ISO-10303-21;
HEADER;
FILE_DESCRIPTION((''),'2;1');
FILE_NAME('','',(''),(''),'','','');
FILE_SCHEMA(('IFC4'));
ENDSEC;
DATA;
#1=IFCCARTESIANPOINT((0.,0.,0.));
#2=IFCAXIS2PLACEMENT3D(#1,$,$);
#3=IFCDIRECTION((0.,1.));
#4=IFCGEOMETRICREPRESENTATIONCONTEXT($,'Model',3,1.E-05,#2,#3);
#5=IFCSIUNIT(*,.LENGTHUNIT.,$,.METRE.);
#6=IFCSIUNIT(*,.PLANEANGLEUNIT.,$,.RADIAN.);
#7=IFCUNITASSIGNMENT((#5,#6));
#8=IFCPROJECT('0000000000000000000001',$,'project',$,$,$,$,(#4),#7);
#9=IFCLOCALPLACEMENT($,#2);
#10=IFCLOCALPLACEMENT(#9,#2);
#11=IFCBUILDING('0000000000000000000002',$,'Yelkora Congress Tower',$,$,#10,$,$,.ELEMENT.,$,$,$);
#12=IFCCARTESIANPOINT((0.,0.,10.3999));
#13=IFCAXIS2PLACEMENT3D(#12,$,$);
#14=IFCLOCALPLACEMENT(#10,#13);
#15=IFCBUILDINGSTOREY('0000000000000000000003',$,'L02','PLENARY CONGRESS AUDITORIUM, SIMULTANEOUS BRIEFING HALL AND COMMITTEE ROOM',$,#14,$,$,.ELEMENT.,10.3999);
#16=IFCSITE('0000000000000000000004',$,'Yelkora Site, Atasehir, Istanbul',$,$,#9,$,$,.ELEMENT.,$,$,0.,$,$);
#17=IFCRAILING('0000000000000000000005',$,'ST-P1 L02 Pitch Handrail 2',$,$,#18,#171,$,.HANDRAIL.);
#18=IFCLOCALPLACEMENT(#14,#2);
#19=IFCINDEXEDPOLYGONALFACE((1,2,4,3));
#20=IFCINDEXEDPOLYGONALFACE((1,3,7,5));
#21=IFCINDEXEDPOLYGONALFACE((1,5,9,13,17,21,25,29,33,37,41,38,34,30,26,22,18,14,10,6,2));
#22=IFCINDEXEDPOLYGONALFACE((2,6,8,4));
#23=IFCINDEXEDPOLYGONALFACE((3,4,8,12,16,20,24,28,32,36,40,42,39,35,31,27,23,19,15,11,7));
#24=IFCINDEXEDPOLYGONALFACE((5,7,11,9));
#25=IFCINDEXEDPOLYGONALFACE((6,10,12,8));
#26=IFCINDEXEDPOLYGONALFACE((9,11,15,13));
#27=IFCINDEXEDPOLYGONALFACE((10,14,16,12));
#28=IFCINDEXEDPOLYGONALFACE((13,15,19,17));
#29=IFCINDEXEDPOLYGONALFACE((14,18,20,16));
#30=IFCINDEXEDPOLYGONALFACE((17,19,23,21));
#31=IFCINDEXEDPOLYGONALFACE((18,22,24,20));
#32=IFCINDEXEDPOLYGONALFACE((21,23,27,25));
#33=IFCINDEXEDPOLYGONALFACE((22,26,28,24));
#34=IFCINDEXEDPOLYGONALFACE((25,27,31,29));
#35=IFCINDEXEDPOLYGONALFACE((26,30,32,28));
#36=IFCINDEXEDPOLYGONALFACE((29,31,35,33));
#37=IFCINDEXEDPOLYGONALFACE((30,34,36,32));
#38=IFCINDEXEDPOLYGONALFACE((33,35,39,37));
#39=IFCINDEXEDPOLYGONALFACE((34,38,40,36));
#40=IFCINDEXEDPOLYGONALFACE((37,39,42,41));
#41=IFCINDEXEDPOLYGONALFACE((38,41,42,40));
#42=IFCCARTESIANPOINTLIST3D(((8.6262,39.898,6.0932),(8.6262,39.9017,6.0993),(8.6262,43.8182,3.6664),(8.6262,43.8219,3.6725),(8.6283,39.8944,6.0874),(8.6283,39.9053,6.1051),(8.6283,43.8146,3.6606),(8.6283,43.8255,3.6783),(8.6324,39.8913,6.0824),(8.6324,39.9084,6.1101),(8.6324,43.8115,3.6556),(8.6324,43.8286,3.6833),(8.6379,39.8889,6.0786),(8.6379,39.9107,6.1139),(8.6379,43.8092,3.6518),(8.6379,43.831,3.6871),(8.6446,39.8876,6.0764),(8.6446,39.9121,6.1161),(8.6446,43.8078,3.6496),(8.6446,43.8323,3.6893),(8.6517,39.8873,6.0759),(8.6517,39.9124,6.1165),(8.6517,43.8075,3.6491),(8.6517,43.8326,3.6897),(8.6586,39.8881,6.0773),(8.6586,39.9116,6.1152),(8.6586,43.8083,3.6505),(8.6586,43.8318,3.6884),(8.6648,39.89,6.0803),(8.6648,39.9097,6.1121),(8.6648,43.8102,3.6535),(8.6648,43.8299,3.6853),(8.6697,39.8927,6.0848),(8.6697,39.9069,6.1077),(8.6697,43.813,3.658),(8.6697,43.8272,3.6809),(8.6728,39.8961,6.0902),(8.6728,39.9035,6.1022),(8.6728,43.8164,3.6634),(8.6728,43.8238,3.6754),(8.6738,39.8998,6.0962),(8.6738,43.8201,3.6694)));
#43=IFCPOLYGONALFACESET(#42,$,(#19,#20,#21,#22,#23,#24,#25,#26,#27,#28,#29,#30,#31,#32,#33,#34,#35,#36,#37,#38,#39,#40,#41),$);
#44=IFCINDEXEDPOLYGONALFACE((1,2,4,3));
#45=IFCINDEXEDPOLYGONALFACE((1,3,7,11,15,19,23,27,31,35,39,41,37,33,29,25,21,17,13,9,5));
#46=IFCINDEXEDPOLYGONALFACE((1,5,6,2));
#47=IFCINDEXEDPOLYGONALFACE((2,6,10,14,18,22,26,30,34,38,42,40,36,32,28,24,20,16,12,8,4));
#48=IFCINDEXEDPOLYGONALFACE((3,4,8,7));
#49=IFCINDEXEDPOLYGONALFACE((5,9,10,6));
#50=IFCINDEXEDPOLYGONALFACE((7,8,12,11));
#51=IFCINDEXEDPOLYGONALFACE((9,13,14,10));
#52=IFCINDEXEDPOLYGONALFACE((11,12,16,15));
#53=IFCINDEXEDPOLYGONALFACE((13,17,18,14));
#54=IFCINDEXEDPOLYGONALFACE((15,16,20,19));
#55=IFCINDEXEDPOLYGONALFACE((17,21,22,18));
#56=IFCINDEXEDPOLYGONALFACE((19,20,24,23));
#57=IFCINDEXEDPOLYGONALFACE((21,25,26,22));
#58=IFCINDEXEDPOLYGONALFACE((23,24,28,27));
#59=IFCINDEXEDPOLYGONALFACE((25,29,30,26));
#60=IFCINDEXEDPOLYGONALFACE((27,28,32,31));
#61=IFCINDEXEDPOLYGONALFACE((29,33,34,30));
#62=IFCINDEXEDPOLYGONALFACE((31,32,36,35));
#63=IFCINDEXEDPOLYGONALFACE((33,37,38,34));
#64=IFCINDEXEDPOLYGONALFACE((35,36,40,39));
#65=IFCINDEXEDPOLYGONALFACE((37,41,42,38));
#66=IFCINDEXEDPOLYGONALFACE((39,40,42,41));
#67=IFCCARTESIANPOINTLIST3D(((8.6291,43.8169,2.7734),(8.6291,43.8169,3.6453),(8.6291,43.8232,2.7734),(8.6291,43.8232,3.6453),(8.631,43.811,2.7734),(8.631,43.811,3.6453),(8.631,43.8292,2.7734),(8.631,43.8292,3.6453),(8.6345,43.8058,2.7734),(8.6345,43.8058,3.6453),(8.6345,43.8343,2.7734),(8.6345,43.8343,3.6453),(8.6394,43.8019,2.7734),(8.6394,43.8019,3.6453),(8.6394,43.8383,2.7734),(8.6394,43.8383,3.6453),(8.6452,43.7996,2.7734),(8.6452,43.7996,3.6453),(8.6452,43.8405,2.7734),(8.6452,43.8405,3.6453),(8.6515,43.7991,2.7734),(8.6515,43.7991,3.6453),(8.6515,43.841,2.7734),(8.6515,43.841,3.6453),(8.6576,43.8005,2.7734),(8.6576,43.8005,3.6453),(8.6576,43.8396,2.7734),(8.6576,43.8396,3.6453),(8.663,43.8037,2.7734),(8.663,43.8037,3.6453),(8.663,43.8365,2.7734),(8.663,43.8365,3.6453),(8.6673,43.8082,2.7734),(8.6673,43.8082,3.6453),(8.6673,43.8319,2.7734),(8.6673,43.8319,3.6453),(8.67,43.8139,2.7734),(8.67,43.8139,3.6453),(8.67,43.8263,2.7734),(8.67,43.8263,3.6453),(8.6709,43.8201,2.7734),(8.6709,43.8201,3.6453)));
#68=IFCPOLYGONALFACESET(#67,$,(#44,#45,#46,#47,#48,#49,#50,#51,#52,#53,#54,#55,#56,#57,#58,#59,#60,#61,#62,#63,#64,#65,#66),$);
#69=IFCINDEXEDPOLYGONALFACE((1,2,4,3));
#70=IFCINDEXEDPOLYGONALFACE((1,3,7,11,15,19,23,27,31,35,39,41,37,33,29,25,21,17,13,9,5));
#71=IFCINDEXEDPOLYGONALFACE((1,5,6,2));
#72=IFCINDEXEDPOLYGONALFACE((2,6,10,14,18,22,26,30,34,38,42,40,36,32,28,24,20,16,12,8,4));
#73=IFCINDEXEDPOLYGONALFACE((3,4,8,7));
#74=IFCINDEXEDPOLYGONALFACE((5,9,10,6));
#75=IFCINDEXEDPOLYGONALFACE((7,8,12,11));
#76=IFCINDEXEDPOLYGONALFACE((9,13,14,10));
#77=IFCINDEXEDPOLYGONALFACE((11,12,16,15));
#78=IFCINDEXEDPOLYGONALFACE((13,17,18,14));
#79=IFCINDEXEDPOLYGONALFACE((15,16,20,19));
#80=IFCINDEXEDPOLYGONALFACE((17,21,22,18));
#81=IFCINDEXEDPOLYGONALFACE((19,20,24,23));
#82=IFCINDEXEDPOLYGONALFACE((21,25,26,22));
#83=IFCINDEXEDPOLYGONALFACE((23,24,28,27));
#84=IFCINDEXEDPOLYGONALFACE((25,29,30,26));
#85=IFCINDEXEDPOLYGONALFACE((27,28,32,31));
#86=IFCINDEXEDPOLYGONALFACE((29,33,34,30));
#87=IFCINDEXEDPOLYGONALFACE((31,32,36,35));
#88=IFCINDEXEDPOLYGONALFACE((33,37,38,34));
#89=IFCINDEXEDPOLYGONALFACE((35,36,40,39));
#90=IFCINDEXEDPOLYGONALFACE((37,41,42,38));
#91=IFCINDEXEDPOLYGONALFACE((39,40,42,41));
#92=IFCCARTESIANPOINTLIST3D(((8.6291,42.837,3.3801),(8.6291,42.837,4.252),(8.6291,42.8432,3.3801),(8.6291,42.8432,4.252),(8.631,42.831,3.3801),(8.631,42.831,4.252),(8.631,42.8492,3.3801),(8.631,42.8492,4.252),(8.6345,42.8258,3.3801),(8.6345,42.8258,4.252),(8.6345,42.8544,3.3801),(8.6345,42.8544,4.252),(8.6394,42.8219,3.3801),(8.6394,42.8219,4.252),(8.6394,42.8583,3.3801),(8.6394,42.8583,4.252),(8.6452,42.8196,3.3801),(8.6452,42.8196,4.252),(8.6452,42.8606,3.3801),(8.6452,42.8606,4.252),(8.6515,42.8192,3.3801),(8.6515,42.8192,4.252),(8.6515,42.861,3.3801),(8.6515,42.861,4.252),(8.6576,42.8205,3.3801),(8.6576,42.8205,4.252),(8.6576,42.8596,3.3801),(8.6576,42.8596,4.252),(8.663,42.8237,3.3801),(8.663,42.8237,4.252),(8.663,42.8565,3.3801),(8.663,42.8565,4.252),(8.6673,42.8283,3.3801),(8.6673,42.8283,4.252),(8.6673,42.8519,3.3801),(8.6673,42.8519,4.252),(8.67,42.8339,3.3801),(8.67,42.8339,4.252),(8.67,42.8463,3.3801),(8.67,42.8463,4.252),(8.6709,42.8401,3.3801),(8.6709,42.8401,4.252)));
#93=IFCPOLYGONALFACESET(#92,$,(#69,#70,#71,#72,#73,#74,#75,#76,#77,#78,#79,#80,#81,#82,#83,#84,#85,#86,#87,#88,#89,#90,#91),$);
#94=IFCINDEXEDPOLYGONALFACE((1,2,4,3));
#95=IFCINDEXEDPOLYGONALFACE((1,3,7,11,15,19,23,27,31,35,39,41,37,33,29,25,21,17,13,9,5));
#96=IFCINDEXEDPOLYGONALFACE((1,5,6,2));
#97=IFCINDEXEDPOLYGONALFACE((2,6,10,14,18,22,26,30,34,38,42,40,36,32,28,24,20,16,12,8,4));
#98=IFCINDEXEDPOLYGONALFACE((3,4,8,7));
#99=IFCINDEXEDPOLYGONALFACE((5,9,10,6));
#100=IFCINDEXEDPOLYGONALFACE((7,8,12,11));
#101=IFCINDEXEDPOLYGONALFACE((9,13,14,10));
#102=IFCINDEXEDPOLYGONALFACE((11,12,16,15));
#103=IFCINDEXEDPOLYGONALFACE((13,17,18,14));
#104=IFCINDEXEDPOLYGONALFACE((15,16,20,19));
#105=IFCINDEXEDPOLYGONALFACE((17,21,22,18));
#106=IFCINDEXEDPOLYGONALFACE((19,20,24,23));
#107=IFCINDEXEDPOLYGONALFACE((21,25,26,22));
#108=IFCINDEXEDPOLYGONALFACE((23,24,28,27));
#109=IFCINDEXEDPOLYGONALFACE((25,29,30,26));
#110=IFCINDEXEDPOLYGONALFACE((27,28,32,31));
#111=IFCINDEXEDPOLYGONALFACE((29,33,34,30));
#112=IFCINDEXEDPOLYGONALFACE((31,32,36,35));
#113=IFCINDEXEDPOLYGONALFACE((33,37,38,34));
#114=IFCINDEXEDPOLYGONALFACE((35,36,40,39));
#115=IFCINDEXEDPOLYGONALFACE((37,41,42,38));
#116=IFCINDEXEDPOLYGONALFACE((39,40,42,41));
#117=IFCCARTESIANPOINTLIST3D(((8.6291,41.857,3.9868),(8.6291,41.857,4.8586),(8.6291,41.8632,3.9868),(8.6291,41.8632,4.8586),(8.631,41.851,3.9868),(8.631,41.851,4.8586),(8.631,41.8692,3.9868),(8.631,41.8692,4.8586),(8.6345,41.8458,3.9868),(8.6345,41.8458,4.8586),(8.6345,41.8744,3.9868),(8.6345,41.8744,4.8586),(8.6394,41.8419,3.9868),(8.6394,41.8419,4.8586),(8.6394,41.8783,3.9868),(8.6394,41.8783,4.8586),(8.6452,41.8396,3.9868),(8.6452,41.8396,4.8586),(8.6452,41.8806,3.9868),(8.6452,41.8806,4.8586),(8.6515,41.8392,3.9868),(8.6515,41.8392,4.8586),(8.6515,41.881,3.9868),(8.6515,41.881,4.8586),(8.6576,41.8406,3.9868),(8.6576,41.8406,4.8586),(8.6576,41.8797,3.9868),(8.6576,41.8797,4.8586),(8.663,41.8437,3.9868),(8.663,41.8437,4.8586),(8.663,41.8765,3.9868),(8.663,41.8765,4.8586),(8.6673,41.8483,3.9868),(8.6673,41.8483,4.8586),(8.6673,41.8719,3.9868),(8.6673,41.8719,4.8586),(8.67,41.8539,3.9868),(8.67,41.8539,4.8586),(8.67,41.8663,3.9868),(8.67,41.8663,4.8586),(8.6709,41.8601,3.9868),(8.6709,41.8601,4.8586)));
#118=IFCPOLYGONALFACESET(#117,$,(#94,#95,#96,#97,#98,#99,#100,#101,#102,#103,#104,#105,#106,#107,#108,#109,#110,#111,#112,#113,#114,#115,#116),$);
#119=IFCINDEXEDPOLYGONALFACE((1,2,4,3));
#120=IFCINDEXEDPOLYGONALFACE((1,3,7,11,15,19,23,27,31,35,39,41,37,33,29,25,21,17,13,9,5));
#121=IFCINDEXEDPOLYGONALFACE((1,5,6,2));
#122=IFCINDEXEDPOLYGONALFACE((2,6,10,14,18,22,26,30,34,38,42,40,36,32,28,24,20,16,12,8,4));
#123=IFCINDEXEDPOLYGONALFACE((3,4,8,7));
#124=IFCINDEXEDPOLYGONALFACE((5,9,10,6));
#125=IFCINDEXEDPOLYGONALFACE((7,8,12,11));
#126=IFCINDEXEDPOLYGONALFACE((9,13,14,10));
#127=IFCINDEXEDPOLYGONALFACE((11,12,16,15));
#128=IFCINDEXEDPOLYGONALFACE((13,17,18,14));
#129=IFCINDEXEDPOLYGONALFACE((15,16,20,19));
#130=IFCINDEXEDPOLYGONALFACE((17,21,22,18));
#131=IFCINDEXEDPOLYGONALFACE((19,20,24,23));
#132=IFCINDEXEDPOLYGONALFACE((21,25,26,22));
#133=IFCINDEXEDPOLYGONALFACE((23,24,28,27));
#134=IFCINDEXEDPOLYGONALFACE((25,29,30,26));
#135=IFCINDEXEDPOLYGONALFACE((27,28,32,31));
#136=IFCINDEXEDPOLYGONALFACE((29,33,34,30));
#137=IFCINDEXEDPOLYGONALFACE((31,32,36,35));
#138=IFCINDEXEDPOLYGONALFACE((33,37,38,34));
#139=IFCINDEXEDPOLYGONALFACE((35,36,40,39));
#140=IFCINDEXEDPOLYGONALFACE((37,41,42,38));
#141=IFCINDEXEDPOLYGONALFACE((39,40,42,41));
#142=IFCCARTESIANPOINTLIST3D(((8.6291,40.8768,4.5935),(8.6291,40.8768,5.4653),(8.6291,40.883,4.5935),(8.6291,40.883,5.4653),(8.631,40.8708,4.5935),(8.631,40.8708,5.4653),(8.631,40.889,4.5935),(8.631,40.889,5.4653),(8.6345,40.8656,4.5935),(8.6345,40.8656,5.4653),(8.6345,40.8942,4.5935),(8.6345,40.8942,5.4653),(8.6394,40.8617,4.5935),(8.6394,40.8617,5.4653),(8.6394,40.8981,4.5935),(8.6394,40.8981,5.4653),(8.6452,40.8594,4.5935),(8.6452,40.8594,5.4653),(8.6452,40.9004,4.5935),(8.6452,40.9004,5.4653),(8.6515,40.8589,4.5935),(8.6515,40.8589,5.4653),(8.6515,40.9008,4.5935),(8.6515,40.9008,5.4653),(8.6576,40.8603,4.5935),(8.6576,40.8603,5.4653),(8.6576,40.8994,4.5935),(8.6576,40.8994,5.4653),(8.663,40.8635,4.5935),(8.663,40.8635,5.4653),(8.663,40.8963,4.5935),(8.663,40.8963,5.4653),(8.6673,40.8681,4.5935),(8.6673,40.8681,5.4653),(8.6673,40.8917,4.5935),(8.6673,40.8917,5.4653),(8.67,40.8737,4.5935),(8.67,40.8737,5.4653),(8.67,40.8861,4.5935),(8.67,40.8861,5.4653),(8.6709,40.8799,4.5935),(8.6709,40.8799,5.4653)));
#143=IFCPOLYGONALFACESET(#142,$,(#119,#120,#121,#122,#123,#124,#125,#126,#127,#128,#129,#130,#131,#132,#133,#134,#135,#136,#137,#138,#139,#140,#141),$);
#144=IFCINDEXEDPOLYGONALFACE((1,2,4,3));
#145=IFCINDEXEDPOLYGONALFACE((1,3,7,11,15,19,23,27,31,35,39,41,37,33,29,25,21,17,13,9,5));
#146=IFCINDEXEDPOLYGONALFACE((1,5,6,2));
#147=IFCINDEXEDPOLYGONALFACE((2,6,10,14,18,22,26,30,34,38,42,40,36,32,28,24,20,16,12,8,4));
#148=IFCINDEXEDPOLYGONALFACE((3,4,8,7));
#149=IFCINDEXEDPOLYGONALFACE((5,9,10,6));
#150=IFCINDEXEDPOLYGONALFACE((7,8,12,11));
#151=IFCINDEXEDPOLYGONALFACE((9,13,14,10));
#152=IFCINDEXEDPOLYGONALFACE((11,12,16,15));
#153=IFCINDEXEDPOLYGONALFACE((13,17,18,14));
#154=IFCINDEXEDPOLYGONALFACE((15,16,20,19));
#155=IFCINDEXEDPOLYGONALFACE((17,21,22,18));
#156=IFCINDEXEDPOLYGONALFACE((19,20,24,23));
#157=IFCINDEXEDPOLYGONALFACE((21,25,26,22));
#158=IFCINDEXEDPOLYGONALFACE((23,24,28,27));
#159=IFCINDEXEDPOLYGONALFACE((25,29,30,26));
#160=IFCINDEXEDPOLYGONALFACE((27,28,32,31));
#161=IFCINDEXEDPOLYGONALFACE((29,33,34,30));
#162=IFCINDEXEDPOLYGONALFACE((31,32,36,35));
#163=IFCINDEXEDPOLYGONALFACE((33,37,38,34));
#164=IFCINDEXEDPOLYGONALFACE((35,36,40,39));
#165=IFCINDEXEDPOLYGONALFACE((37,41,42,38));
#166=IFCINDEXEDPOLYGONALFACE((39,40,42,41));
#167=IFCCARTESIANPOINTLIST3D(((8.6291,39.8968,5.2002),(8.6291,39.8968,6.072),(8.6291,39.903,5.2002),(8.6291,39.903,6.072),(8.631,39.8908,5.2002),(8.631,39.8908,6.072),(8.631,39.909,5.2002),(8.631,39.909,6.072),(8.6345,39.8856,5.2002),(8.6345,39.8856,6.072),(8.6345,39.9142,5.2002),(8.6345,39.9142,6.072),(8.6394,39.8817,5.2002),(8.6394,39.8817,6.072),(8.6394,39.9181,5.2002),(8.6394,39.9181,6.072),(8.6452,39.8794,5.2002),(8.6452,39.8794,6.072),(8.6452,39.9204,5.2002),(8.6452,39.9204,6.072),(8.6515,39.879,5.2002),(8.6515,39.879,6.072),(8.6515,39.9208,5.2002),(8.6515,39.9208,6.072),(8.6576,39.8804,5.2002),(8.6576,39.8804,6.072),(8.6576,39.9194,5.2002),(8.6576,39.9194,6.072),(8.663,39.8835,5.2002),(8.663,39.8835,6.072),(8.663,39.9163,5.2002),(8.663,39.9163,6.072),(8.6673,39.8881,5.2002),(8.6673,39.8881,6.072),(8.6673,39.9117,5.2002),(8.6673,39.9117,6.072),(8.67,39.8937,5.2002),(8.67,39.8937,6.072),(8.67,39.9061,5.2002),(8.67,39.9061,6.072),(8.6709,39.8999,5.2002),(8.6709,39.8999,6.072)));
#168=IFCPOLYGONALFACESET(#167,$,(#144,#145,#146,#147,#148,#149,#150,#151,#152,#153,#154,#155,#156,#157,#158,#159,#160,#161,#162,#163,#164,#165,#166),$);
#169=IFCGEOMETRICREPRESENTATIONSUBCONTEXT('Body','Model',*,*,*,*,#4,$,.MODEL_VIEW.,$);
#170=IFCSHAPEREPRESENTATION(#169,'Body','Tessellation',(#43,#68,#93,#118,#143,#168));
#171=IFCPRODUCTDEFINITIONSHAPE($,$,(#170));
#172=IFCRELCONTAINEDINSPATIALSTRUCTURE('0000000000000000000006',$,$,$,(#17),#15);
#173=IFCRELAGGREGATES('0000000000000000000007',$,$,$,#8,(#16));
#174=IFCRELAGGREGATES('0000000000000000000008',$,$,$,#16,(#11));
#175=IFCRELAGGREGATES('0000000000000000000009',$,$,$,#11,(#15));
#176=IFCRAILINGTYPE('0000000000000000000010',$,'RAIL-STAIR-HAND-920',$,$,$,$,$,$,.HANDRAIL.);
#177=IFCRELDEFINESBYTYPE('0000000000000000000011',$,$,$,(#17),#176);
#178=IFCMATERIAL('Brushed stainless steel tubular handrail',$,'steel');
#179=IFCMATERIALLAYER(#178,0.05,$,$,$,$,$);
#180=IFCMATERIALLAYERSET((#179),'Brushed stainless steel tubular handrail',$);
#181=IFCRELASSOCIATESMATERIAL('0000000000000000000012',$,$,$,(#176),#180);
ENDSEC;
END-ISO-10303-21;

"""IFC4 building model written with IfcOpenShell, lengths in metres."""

from ifc_helpers import new_model, si_unit, direction, frame, origin, origin_2d, place, context, subcontext, project, spatial, circle, extrude, material, layer, layer_set, type_object, element, save


model = new_model("IFC4")

# Units and contexts
model_context = context("Model", 3, precision=1e-05, world=origin(), true_north=direction((0.0, 1.0)))
body_context = subcontext(model_context, "Body", "Model", "MODEL_VIEW")
ifc_project = project(units=[si_unit("LENGTHUNIT", "METRE"), si_unit("PLANEANGLEUNIT", "RADIAN")], contexts=[model_context])

# Site, building, storey
site_placement = place(None, origin())
site = spatial("IfcSite", under=ifc_project, at=site_placement, Name="Yelkora Site, Atasehir, Istanbul", CompositionType="ELEMENT", RefElevation=0.0)
building_placement = place(site_placement, origin())
building = spatial("IfcBuilding", under=site, at=building_placement, Name="Yelkora Congress Tower", CompositionType="ELEMENT")
storey_placement = place(building_placement, frame((0.0, 0.0, 10.3999)))
storey = spatial("IfcBuildingStorey", under=building, at=storey_placement, Name="L02", Description="PLENARY CONGRESS AUDITORIUM, SIMULTANEOUS BRIEFING HALL AND COMMITTEE ROOM", CompositionType="ELEMENT", Elevation=10.3999)

# Railing
ifc_material_1 = material(Name="Brushed stainless steel tubular handrail", Category="steel")
ifc_layer_1 = layer(ifc_material_1, 0.05)
ifc_layer_set_1 = layer_set([ifc_layer_1], Name="Brushed stainless steel tubular handrail")
railing_type_1 = type_object("IfcRailingType", Name="RAIL-STAIR-HAND-920", PredefinedType="HANDRAIL", material=ifc_layer_set_1)
railing_1_placement = place(storey_placement, frame((8.6499, 43.8201, 2.7734)))
element("IfcRailing", 1, at=railing_1_placement, inside=storey, type_object=railing_type_1, Name="ST-P1 L02 Pitch Handrail 2", PredefinedType="HANDRAIL", context=body_context, shape_type="SweptSolid", body=[
    extrude(circle(Radius=0.0239, at=origin_2d()), frame((0.0, 0.0, 0.896), z_axis=(0.0, -0.850266, 0.526353), x_axis=(1.0, 0.0, 0.0)), (0.0, 0.0, 1.0), 4.6106),
    extrude(circle(Radius=0.021, at=origin_2d()), origin(), (0.0, 0.0, 1.0), 0.8718),
    extrude(circle(Radius=0.021, at=origin_2d()), frame((0.0, -0.98, 0.6067)), (0.0, 0.0, 1.0), 0.8718),
    extrude(circle(Radius=0.021, at=origin_2d()), frame((0.0, -1.96, 1.2134)), (0.0, 0.0, 1.0), 0.8718),
    extrude(circle(Radius=0.021, at=origin_2d()), frame((0.0, -2.9402, 1.8201)), (0.0, 0.0, 1.0), 0.8718),
    extrude(circle(Radius=0.021, at=origin_2d()), frame((0.0, -3.9202, 2.4268)), (0.0, 0.0, 1.0), 0.8718),
])

save(model, "model.ifc")
